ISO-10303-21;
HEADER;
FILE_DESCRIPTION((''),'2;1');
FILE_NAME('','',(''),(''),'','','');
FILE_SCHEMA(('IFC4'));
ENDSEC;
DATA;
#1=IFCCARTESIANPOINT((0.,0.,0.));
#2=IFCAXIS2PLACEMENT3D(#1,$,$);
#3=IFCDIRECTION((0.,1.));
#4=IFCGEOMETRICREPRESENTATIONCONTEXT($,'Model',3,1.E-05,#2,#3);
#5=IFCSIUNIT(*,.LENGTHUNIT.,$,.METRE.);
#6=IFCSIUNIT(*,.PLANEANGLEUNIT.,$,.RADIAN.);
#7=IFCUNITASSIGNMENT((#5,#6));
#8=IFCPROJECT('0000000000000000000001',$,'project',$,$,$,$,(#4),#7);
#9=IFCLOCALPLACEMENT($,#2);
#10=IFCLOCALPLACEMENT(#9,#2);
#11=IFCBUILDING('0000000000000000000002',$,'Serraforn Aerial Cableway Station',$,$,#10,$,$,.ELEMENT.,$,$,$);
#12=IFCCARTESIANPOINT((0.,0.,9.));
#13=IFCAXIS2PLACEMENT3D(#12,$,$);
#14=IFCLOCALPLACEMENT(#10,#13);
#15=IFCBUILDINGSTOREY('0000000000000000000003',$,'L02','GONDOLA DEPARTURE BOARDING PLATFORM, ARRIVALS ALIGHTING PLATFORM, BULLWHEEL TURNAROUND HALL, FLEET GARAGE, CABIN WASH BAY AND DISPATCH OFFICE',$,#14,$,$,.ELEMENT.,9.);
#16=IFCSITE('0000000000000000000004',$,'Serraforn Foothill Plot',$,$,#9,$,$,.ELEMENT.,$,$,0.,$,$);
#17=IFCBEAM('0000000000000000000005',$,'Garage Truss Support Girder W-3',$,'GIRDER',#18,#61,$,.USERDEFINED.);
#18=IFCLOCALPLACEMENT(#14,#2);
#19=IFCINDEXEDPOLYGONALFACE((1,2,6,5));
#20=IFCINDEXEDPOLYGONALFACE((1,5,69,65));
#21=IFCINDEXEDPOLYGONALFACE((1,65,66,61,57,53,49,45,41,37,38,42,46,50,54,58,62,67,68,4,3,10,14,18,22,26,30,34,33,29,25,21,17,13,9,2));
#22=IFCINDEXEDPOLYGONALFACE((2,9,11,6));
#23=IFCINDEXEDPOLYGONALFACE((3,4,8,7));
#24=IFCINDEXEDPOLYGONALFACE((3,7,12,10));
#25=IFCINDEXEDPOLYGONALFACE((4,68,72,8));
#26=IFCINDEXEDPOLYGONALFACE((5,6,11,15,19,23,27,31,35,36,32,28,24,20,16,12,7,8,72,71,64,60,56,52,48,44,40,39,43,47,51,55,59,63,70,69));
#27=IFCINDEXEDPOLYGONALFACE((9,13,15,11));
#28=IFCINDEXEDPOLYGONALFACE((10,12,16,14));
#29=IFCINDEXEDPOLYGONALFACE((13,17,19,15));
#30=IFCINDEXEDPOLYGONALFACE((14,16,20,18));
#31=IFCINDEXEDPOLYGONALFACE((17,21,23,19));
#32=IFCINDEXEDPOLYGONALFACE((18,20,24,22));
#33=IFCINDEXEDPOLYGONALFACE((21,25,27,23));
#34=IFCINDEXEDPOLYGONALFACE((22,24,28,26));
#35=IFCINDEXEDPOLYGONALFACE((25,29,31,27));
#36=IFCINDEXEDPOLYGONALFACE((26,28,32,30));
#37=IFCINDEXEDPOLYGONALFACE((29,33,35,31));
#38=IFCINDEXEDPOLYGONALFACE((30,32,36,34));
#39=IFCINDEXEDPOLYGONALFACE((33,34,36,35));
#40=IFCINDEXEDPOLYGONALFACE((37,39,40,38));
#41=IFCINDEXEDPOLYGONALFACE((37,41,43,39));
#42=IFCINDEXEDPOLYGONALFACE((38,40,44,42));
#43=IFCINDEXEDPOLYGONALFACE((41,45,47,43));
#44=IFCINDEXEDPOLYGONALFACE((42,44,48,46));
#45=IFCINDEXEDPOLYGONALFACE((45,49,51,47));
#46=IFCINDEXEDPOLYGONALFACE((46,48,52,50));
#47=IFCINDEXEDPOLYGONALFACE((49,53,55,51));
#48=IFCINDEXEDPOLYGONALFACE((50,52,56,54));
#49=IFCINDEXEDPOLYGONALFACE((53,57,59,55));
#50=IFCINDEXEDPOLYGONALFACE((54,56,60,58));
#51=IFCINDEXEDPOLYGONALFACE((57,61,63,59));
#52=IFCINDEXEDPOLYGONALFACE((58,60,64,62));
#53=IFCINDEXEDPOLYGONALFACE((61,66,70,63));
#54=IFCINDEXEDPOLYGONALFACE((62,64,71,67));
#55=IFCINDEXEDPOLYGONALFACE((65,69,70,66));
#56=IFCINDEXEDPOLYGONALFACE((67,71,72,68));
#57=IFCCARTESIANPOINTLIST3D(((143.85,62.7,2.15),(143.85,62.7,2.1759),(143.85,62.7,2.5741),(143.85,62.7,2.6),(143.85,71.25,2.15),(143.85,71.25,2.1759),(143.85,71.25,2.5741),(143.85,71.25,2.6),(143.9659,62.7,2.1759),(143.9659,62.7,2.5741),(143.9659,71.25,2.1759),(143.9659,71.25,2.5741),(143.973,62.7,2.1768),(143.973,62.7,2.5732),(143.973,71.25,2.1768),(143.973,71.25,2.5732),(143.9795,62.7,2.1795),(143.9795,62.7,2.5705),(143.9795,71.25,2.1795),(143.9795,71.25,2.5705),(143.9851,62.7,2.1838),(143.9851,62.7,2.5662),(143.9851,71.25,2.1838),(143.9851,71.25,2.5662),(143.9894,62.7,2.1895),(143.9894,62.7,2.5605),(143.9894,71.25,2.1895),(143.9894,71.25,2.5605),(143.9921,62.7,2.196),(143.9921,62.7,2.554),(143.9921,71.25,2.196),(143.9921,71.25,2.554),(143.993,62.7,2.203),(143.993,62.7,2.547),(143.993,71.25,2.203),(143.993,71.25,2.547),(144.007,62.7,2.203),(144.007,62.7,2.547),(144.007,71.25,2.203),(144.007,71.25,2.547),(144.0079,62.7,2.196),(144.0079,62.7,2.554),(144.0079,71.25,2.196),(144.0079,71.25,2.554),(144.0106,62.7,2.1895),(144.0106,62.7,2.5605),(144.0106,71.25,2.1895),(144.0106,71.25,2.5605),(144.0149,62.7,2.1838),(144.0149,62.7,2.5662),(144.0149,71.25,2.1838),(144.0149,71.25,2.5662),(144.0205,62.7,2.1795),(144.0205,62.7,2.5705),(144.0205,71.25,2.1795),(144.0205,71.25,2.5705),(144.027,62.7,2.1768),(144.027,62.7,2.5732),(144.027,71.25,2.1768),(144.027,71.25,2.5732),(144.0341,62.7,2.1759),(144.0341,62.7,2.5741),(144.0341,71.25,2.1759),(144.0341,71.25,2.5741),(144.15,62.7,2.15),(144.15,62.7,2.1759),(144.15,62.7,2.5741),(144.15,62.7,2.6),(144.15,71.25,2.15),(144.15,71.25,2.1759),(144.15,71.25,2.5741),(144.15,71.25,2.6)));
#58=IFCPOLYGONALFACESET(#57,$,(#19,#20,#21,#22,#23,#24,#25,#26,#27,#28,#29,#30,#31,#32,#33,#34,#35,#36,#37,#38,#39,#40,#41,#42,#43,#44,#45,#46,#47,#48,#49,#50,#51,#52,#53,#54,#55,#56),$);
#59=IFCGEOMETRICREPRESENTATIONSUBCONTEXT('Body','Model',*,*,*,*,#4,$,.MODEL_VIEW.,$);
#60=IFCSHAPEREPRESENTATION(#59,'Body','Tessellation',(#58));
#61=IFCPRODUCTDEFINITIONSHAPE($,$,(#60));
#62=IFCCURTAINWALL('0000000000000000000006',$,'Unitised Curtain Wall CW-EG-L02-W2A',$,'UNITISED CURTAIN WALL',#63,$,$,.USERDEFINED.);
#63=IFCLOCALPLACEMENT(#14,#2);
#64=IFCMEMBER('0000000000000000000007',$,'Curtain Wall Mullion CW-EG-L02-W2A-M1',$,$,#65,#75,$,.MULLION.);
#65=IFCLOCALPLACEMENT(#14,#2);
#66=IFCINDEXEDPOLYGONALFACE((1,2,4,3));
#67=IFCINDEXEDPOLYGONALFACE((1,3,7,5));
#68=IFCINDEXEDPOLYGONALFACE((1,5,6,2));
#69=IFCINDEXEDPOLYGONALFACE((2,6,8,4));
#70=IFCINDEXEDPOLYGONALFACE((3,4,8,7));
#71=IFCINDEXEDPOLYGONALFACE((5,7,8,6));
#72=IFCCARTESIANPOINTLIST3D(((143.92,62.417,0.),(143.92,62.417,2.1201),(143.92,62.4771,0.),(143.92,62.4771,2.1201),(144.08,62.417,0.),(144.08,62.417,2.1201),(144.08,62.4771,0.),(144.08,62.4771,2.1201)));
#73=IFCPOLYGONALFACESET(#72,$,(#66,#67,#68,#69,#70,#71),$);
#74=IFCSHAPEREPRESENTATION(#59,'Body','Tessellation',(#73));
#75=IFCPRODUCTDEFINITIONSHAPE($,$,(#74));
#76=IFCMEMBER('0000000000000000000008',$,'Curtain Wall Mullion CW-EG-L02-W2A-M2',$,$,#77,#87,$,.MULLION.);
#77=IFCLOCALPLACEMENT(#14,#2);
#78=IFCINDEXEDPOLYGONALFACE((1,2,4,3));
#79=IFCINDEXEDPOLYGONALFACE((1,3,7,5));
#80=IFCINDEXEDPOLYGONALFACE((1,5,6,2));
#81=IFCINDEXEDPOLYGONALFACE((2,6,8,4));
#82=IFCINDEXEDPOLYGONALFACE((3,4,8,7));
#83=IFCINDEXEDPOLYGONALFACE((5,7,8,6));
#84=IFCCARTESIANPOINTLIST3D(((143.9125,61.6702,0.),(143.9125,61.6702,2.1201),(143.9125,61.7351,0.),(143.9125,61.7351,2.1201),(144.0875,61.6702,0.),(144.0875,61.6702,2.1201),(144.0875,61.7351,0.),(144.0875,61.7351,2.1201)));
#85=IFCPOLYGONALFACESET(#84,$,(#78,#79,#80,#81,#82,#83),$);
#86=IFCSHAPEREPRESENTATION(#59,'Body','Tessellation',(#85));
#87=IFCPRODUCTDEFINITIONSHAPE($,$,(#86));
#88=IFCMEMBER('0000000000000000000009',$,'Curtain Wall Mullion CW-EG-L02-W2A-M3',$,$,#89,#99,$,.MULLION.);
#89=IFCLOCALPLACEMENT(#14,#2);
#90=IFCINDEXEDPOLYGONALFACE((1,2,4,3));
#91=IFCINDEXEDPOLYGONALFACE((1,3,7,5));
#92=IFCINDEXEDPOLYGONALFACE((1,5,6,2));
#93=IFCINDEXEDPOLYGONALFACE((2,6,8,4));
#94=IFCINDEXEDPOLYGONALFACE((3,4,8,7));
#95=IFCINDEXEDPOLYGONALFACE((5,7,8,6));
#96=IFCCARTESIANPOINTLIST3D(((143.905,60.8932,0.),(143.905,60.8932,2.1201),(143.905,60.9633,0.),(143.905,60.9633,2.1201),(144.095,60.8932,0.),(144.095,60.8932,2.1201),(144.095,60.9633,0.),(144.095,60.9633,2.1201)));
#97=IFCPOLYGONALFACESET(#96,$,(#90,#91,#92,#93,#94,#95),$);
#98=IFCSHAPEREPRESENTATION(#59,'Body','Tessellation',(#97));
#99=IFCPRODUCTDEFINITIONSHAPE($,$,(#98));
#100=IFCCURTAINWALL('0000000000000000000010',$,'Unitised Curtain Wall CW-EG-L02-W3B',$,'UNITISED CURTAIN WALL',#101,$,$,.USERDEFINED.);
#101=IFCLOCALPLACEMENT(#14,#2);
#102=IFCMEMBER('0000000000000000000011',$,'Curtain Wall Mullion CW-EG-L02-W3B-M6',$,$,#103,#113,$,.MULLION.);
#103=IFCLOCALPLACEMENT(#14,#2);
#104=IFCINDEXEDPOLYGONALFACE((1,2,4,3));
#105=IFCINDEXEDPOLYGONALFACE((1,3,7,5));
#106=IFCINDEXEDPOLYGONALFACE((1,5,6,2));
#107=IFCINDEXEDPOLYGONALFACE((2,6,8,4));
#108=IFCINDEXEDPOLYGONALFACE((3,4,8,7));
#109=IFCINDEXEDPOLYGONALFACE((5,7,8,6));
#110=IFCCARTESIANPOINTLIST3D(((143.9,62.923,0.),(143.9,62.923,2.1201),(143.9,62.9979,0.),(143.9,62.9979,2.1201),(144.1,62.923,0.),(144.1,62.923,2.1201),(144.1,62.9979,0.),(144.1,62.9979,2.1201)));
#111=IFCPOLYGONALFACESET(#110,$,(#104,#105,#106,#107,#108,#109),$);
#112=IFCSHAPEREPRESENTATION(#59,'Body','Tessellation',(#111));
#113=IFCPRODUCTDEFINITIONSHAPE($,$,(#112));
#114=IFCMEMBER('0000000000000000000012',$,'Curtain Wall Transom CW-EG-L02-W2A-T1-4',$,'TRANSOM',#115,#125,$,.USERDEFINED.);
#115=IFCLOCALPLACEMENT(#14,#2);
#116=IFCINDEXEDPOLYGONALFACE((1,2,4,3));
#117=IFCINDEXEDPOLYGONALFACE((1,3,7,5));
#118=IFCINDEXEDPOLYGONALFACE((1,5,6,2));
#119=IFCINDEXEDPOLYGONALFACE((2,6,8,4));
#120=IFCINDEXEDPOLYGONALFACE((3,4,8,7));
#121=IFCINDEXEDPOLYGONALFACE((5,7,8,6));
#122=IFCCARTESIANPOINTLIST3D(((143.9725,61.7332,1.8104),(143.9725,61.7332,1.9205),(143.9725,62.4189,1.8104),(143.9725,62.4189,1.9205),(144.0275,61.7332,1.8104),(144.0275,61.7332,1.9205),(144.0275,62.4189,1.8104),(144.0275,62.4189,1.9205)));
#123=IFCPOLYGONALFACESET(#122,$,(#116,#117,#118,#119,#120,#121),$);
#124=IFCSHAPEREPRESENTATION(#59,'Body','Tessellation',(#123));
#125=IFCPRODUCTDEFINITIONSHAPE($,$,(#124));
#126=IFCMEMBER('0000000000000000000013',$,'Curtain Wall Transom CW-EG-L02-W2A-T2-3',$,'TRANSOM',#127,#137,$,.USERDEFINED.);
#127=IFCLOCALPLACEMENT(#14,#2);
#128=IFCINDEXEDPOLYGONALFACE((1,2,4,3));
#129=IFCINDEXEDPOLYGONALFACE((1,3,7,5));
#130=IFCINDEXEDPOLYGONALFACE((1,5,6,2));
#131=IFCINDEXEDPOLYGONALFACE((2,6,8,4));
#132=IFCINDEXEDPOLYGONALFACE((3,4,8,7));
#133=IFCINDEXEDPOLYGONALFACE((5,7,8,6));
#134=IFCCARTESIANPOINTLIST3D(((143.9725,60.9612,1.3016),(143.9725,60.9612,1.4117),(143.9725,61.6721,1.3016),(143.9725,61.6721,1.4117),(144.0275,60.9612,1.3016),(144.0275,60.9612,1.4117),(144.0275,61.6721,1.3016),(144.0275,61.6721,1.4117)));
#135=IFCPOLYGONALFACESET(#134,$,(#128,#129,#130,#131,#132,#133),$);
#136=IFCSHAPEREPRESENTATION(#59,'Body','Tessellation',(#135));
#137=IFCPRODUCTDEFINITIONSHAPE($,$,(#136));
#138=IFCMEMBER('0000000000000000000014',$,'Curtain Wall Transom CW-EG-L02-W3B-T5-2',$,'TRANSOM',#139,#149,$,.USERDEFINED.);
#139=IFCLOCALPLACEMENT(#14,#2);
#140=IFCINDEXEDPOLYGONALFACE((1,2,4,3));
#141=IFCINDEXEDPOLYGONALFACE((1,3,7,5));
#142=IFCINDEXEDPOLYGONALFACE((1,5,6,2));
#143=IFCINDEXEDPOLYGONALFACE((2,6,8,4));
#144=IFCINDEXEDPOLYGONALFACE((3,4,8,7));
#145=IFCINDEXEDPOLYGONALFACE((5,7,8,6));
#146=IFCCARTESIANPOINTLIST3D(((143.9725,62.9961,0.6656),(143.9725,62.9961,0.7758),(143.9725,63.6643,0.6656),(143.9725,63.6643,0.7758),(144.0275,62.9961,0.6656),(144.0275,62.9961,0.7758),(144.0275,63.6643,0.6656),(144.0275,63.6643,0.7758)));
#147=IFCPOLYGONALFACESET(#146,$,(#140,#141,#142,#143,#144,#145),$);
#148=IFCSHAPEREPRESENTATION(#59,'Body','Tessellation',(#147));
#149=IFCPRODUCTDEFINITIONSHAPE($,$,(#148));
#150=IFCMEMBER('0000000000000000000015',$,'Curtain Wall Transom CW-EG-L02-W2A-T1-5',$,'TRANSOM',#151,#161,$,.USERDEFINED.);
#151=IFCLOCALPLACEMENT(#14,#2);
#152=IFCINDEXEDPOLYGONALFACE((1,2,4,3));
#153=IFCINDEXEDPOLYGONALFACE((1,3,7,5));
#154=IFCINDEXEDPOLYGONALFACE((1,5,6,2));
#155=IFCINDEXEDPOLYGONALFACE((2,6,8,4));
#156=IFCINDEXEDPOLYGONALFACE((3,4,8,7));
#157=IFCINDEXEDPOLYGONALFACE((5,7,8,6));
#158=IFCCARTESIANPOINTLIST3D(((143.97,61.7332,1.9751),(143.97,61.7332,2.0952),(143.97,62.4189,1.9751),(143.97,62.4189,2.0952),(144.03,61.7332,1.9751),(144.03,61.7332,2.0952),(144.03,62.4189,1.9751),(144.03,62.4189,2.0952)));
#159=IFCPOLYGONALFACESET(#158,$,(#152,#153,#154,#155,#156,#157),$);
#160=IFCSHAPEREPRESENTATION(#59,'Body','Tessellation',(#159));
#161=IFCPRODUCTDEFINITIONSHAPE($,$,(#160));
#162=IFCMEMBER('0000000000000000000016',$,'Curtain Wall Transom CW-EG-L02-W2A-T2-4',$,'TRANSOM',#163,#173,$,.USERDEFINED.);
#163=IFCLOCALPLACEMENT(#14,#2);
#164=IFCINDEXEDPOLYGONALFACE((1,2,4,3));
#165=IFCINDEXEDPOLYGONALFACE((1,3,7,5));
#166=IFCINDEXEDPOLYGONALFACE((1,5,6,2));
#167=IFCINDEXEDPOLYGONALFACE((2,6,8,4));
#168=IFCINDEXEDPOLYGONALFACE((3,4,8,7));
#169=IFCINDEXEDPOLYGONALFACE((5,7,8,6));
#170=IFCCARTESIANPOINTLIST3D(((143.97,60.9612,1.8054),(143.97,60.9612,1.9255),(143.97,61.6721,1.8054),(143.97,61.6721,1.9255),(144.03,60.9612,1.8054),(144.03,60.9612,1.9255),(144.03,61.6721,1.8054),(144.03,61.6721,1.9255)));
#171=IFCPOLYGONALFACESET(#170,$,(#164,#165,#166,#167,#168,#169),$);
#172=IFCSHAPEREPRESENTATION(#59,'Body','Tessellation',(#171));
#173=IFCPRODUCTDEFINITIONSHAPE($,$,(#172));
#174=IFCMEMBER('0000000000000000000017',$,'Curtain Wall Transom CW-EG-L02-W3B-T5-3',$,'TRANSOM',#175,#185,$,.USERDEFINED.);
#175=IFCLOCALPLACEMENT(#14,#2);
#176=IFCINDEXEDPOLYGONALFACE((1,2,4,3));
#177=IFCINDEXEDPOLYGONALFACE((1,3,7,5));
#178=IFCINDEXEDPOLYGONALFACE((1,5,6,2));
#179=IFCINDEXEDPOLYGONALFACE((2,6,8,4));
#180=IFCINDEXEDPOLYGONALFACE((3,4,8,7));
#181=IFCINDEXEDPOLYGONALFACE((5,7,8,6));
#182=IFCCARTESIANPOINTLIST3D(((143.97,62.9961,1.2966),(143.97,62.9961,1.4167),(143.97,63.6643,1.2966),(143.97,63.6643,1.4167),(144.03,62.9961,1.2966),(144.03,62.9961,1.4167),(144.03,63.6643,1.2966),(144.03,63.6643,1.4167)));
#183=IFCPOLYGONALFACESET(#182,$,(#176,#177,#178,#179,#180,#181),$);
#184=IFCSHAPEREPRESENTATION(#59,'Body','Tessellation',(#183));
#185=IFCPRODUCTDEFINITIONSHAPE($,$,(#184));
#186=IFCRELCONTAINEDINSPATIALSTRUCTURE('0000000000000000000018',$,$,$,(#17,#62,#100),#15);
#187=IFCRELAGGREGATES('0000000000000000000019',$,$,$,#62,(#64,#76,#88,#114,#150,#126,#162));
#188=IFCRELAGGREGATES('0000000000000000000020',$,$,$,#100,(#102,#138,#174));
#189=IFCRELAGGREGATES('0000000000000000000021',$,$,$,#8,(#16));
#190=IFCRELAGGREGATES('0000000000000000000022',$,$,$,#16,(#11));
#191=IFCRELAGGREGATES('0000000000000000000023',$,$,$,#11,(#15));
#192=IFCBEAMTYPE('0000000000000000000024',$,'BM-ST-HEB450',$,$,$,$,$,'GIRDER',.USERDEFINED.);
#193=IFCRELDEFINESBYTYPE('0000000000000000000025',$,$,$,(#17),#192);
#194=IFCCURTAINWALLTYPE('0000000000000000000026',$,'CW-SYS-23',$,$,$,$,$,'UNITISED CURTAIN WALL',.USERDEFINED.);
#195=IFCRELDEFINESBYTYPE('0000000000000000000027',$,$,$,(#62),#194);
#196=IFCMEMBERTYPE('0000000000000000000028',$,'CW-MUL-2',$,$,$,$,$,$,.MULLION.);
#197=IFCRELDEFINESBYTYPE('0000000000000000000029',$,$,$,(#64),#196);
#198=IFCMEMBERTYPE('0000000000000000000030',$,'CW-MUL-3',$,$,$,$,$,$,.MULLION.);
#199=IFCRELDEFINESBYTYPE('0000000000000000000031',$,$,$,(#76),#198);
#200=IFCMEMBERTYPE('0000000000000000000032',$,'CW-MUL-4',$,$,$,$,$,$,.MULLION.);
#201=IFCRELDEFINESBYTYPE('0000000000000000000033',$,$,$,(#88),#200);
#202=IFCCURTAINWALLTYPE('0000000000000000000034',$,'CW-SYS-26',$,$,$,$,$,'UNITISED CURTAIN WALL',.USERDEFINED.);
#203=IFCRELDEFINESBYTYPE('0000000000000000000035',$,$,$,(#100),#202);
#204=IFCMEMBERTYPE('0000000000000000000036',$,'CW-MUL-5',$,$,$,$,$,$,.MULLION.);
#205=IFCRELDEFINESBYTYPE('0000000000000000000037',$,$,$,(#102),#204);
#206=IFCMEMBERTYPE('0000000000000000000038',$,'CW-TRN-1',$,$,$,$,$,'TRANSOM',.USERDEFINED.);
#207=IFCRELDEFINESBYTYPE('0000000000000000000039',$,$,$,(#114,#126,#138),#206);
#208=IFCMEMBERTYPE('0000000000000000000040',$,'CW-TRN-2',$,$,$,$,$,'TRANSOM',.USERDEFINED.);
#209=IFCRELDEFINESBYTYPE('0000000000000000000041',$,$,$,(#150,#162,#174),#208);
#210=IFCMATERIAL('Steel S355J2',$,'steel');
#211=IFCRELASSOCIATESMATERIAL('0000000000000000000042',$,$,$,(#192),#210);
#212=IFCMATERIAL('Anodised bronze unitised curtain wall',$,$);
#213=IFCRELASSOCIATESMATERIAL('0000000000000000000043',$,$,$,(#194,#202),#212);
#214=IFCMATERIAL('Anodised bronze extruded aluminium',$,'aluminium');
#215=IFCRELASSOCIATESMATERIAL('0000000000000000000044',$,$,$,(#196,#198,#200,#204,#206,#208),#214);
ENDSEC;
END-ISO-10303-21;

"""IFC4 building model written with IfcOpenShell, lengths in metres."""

from ifc_helpers import new_model, si_unit, direction, frame, origin, origin_2d, place, context, subcontext, project, spatial, rectangle, i_section, extrude, material, material_profile, profile_set, type_object, element, aggregate, save


model = new_model("IFC4")

# Units and contexts
model_context = context("Model", 3, precision=1e-05, world=origin(), true_north=direction((0.0, 1.0)))
body_context = subcontext(model_context, "Body", "Model", "MODEL_VIEW")
ifc_project = project(units=[si_unit("LENGTHUNIT", "METRE"), si_unit("PLANEANGLEUNIT", "RADIAN")], contexts=[model_context])

# Site, building, storey
site_placement = place(None, origin())
site = spatial("IfcSite", under=ifc_project, at=site_placement, Name="Serraforn Foothill Plot", CompositionType="ELEMENT", RefElevation=0.0)
building_placement = place(site_placement, origin())
building = spatial("IfcBuilding", under=site, at=building_placement, Name="Serraforn Aerial Cableway Station", CompositionType="ELEMENT")
storey_placement = place(building_placement, frame((0.0, 0.0, 9.0)))
storey = spatial("IfcBuildingStorey", under=building, at=storey_placement, Name="L02", Description="GONDOLA DEPARTURE BOARDING PLATFORM, ARRIVALS ALIGHTING PLATFORM, BULLWHEEL TURNAROUND HALL, FLEET GARAGE, CABIN WASH BAY AND DISPATCH OFFICE", CompositionType="ELEMENT", Elevation=9.0)

# Shared definitions
ifc_material_1 = material(Name="Steel S355J2", Category="steel")

# Beam
ifc_material_profile_1 = material_profile(ifc_material_1, i_section(OverallWidth=0.3, OverallDepth=0.45, WebThickness=0.0139, FlangeThickness=0.0259, FilletRadius=0.0271, at=origin_2d()), Name="HEB 450")
ifc_profile_set_1 = profile_set([ifc_material_profile_1], Name="Steel S355J2")
beam_type_1 = type_object("IfcBeamType", Name="BM-ST-HEB450", ElementType="GIRDER", PredefinedType="USERDEFINED", material=ifc_profile_set_1)
beam_1_placement = place(storey_placement, frame((144.0, 62.7, 2.375), z_axis=(0.0, 1.0, 0.0), x_axis=(-1.0, 0.0, 0.0)))
element("IfcBeam", 1, at=beam_1_placement, inside=storey, type_object=beam_type_1, Name="Garage Truss Support Girder W-3", ObjectType="GIRDER", PredefinedType="USERDEFINED", context=body_context, shape_type="SweptSolid", body=[
    extrude(i_section(OverallWidth=0.3, OverallDepth=0.45, WebThickness=0.0139, FlangeThickness=0.0259, FilletRadius=0.0271, at=origin_2d()), origin(), (0.0, 0.0, 1.0), 8.55),
])

# Curtain wall, members
ifc_material_2 = material(Name="Anodised bronze unitised curtain wall")
curtain_wall_type_1 = type_object("IfcCurtainWallType", Name="CW-SYS-23", ElementType="UNITISED CURTAIN WALL", PredefinedType="USERDEFINED", material=ifc_material_2)
curtain_wall_1_placement = place(storey_placement, origin())
curtain_wall_1 = element("IfcCurtainWall", 2, at=curtain_wall_1_placement, inside=storey, type_object=curtain_wall_type_1, Name="Unitised Curtain Wall CW-EG-L02-W2A", ObjectType="UNITISED CURTAIN WALL", PredefinedType="USERDEFINED")
ifc_material_3 = material(Name="Anodised bronze extruded aluminium", Category="aluminium")
ifc_material_profile_2 = material_profile(ifc_material_3, rectangle(XDim=0.0601, YDim=0.1599, at=origin_2d()), Name="CW MULLION 60x160")
ifc_profile_set_2 = profile_set([ifc_material_profile_2], Name="Anodised bronze extruded aluminium")
member_type_1 = type_object("IfcMemberType", Name="CW-MUL-2", PredefinedType="MULLION", material=ifc_profile_set_2)
member_1_placement = place(storey_placement, frame((144.0, 62.447, 0.0), z_axis=(0.0, 0.0, 1.0), x_axis=(0.0, -1.0, 0.0)))
member_1 = element("IfcMember", 3, at=member_1_placement, type_object=member_type_1, Name="Curtain Wall Mullion CW-EG-L02-W2A-M1", PredefinedType="MULLION", context=body_context, shape_type="SweptSolid", body=[
    extrude(rectangle(XDim=0.0601, YDim=0.1599, at=origin_2d()), origin(), (0.0, 0.0, 1.0), 2.1201),
])
ifc_material_profile_3 = material_profile(ifc_material_3, rectangle(XDim=0.0649, YDim=0.175, at=origin_2d()), Name="CW MULLION 65x175")
ifc_profile_set_3 = profile_set([ifc_material_profile_3], Name="Anodised bronze extruded aluminium")
member_type_2 = type_object("IfcMemberType", Name="CW-MUL-3", PredefinedType="MULLION", material=ifc_profile_set_3)
member_2_placement = place(storey_placement, frame((144.0, 61.7026, 0.0), z_axis=(0.0, 0.0, 1.0), x_axis=(0.0, -1.0, 0.0)))
member_2 = element("IfcMember", 4, at=member_2_placement, type_object=member_type_2, Name="Curtain Wall Mullion CW-EG-L02-W2A-M2", PredefinedType="MULLION", context=body_context, shape_type="SweptSolid", body=[
    extrude(rectangle(XDim=0.0649, YDim=0.175, at=origin_2d()), origin(), (0.0, 0.0, 1.0), 2.1201),
])
ifc_material_profile_4 = material_profile(ifc_material_3, rectangle(XDim=0.0701, YDim=0.1899, at=origin_2d()), Name="CW MULLION 70x190")
ifc_profile_set_4 = profile_set([ifc_material_profile_4], Name="Anodised bronze extruded aluminium")
member_type_3 = type_object("IfcMemberType", Name="CW-MUL-4", PredefinedType="MULLION", material=ifc_profile_set_4)
member_3_placement = place(storey_placement, frame((144.0, 60.9282, 0.0), z_axis=(0.0, 0.0, 1.0), x_axis=(0.0, -1.0, 0.0)))
member_3 = element("IfcMember", 5, at=member_3_placement, type_object=member_type_3, Name="Curtain Wall Mullion CW-EG-L02-W2A-M3", PredefinedType="MULLION", context=body_context, shape_type="SweptSolid", body=[
    extrude(rectangle(XDim=0.0701, YDim=0.1899, at=origin_2d()), origin(), (0.0, 0.0, 1.0), 2.1201),
])

# Curtain wall, member
curtain_wall_type_2 = type_object("IfcCurtainWallType", Name="CW-SYS-26", ElementType="UNITISED CURTAIN WALL", PredefinedType="USERDEFINED", material=ifc_material_2)
curtain_wall_2_placement = place(storey_placement, origin())
curtain_wall_2 = element("IfcCurtainWall", 6, at=curtain_wall_2_placement, inside=storey, type_object=curtain_wall_type_2, Name="Unitised Curtain Wall CW-EG-L02-W3B", ObjectType="UNITISED CURTAIN WALL", PredefinedType="USERDEFINED")
ifc_material_profile_5 = material_profile(ifc_material_3, rectangle(XDim=0.075, YDim=0.2, at=origin_2d()), Name="CW MULLION 75x200")
ifc_profile_set_5 = profile_set([ifc_material_profile_5], Name="Anodised bronze extruded aluminium")
member_type_4 = type_object("IfcMemberType", Name="CW-MUL-5", PredefinedType="MULLION", material=ifc_profile_set_5)
member_4_placement = place(storey_placement, frame((144.0, 62.9604, 0.0), z_axis=(0.0, 0.0, 1.0), x_axis=(0.0, -1.0, 0.0)))
member_4 = element("IfcMember", 7, at=member_4_placement, type_object=member_type_4, Name="Curtain Wall Mullion CW-EG-L02-W3B-M6", PredefinedType="MULLION", context=body_context, shape_type="SweptSolid", body=[
    extrude(rectangle(XDim=0.075, YDim=0.2, at=origin_2d()), origin(), (0.0, 0.0, 1.0), 2.1201),
])

# Members
ifc_material_profile_6 = material_profile(ifc_material_3, rectangle(XDim=0.0549, YDim=0.1101, at=origin_2d()), Name="CW TRANSOM 55x110")
ifc_profile_set_6 = profile_set([ifc_material_profile_6], Name="Anodised bronze extruded aluminium")
member_type_5 = type_object("IfcMemberType", Name="CW-TRN-1", ElementType="TRANSOM", PredefinedType="USERDEFINED", material=ifc_profile_set_6)
member_5_placement = place(storey_placement, frame((144.0, 62.4189, 1.8655), z_axis=(0.0, -1.0, 0.0), x_axis=(1.0, 0.0, 0.0)))
member_5 = element("IfcMember", 8, at=member_5_placement, type_object=member_type_5, Name="Curtain Wall Transom CW-EG-L02-W2A-T1-4", ObjectType="TRANSOM", PredefinedType="USERDEFINED", context=body_context, shape_type="SweptSolid", body=[
    extrude(rectangle(XDim=0.0549, YDim=0.1101, at=origin_2d()), origin(), (0.0, 0.0, 1.0), 0.6858),
])
member_6_placement = place(storey_placement, frame((144.0, 61.6721, 1.3567), z_axis=(0.0, -1.0, 0.0), x_axis=(1.0, 0.0, 0.0)))
member_6 = element("IfcMember", 9, at=member_6_placement, type_object=member_type_5, Name="Curtain Wall Transom CW-EG-L02-W2A-T2-3", ObjectType="TRANSOM", PredefinedType="USERDEFINED", context=body_context, shape_type="SweptSolid", body=[
    extrude(rectangle(XDim=0.0549, YDim=0.1101, at=origin_2d()), origin(), (0.0, 0.0, 1.0), 0.7109),
])
member_7_placement = place(storey_placement, frame((144.0, 63.6643, 0.7207), z_axis=(0.0, -1.0, 0.0), x_axis=(1.0, 0.0, 0.0)))
member_7 = element("IfcMember", 10, at=member_7_placement, type_object=member_type_5, Name="Curtain Wall Transom CW-EG-L02-W3B-T5-2", ObjectType="TRANSOM", PredefinedType="USERDEFINED", context=body_context, shape_type="SweptSolid", body=[
    extrude(rectangle(XDim=0.0549, YDim=0.1101, at=origin_2d()), origin(), (0.0, 0.0, 1.0), 0.6682),
])
ifc_material_profile_7 = material_profile(ifc_material_3, rectangle(XDim=0.0601, YDim=0.1201, at=origin_2d()), Name="CW TRANSOM 60x120")
ifc_profile_set_7 = profile_set([ifc_material_profile_7], Name="Anodised bronze extruded aluminium")
member_type_6 = type_object("IfcMemberType", Name="CW-TRN-2", ElementType="TRANSOM", PredefinedType="USERDEFINED", material=ifc_profile_set_7)
member_8_placement = place(storey_placement, frame((144.0, 62.4189, 2.0352), z_axis=(0.0, -1.0, 0.0), x_axis=(1.0, 0.0, 0.0)))
member_8 = element("IfcMember", 11, at=member_8_placement, type_object=member_type_6, Name="Curtain Wall Transom CW-EG-L02-W2A-T1-5", ObjectType="TRANSOM", PredefinedType="USERDEFINED", context=body_context, shape_type="SweptSolid", body=[
    extrude(rectangle(XDim=0.0601, YDim=0.1201, at=origin_2d()), origin(), (0.0, 0.0, 1.0), 0.6858),
])
member_9_placement = place(storey_placement, frame((144.0, 61.6721, 1.8655), z_axis=(0.0, -1.0, 0.0), x_axis=(1.0, 0.0, 0.0)))
member_9 = element("IfcMember", 12, at=member_9_placement, type_object=member_type_6, Name="Curtain Wall Transom CW-EG-L02-W2A-T2-4", ObjectType="TRANSOM", PredefinedType="USERDEFINED", context=body_context, shape_type="SweptSolid", body=[
    extrude(rectangle(XDim=0.0601, YDim=0.1201, at=origin_2d()), origin(), (0.0, 0.0, 1.0), 0.7109),
])
member_10_placement = place(storey_placement, frame((144.0, 63.6643, 1.3567), z_axis=(0.0, -1.0, 0.0), x_axis=(1.0, 0.0, 0.0)))
member_10 = element("IfcMember", 13, at=member_10_placement, type_object=member_type_6, Name="Curtain Wall Transom CW-EG-L02-W3B-T5-3", ObjectType="TRANSOM", PredefinedType="USERDEFINED", context=body_context, shape_type="SweptSolid", body=[
    extrude(rectangle(XDim=0.0601, YDim=0.1201, at=origin_2d()), origin(), (0.0, 0.0, 1.0), 0.6682),
])

aggregate(curtain_wall_1, [member_1, member_2, member_3, member_5, member_8, member_6, member_9])
aggregate(curtain_wall_2, [member_4, member_7, member_10])

save(model, "model.ifc")
